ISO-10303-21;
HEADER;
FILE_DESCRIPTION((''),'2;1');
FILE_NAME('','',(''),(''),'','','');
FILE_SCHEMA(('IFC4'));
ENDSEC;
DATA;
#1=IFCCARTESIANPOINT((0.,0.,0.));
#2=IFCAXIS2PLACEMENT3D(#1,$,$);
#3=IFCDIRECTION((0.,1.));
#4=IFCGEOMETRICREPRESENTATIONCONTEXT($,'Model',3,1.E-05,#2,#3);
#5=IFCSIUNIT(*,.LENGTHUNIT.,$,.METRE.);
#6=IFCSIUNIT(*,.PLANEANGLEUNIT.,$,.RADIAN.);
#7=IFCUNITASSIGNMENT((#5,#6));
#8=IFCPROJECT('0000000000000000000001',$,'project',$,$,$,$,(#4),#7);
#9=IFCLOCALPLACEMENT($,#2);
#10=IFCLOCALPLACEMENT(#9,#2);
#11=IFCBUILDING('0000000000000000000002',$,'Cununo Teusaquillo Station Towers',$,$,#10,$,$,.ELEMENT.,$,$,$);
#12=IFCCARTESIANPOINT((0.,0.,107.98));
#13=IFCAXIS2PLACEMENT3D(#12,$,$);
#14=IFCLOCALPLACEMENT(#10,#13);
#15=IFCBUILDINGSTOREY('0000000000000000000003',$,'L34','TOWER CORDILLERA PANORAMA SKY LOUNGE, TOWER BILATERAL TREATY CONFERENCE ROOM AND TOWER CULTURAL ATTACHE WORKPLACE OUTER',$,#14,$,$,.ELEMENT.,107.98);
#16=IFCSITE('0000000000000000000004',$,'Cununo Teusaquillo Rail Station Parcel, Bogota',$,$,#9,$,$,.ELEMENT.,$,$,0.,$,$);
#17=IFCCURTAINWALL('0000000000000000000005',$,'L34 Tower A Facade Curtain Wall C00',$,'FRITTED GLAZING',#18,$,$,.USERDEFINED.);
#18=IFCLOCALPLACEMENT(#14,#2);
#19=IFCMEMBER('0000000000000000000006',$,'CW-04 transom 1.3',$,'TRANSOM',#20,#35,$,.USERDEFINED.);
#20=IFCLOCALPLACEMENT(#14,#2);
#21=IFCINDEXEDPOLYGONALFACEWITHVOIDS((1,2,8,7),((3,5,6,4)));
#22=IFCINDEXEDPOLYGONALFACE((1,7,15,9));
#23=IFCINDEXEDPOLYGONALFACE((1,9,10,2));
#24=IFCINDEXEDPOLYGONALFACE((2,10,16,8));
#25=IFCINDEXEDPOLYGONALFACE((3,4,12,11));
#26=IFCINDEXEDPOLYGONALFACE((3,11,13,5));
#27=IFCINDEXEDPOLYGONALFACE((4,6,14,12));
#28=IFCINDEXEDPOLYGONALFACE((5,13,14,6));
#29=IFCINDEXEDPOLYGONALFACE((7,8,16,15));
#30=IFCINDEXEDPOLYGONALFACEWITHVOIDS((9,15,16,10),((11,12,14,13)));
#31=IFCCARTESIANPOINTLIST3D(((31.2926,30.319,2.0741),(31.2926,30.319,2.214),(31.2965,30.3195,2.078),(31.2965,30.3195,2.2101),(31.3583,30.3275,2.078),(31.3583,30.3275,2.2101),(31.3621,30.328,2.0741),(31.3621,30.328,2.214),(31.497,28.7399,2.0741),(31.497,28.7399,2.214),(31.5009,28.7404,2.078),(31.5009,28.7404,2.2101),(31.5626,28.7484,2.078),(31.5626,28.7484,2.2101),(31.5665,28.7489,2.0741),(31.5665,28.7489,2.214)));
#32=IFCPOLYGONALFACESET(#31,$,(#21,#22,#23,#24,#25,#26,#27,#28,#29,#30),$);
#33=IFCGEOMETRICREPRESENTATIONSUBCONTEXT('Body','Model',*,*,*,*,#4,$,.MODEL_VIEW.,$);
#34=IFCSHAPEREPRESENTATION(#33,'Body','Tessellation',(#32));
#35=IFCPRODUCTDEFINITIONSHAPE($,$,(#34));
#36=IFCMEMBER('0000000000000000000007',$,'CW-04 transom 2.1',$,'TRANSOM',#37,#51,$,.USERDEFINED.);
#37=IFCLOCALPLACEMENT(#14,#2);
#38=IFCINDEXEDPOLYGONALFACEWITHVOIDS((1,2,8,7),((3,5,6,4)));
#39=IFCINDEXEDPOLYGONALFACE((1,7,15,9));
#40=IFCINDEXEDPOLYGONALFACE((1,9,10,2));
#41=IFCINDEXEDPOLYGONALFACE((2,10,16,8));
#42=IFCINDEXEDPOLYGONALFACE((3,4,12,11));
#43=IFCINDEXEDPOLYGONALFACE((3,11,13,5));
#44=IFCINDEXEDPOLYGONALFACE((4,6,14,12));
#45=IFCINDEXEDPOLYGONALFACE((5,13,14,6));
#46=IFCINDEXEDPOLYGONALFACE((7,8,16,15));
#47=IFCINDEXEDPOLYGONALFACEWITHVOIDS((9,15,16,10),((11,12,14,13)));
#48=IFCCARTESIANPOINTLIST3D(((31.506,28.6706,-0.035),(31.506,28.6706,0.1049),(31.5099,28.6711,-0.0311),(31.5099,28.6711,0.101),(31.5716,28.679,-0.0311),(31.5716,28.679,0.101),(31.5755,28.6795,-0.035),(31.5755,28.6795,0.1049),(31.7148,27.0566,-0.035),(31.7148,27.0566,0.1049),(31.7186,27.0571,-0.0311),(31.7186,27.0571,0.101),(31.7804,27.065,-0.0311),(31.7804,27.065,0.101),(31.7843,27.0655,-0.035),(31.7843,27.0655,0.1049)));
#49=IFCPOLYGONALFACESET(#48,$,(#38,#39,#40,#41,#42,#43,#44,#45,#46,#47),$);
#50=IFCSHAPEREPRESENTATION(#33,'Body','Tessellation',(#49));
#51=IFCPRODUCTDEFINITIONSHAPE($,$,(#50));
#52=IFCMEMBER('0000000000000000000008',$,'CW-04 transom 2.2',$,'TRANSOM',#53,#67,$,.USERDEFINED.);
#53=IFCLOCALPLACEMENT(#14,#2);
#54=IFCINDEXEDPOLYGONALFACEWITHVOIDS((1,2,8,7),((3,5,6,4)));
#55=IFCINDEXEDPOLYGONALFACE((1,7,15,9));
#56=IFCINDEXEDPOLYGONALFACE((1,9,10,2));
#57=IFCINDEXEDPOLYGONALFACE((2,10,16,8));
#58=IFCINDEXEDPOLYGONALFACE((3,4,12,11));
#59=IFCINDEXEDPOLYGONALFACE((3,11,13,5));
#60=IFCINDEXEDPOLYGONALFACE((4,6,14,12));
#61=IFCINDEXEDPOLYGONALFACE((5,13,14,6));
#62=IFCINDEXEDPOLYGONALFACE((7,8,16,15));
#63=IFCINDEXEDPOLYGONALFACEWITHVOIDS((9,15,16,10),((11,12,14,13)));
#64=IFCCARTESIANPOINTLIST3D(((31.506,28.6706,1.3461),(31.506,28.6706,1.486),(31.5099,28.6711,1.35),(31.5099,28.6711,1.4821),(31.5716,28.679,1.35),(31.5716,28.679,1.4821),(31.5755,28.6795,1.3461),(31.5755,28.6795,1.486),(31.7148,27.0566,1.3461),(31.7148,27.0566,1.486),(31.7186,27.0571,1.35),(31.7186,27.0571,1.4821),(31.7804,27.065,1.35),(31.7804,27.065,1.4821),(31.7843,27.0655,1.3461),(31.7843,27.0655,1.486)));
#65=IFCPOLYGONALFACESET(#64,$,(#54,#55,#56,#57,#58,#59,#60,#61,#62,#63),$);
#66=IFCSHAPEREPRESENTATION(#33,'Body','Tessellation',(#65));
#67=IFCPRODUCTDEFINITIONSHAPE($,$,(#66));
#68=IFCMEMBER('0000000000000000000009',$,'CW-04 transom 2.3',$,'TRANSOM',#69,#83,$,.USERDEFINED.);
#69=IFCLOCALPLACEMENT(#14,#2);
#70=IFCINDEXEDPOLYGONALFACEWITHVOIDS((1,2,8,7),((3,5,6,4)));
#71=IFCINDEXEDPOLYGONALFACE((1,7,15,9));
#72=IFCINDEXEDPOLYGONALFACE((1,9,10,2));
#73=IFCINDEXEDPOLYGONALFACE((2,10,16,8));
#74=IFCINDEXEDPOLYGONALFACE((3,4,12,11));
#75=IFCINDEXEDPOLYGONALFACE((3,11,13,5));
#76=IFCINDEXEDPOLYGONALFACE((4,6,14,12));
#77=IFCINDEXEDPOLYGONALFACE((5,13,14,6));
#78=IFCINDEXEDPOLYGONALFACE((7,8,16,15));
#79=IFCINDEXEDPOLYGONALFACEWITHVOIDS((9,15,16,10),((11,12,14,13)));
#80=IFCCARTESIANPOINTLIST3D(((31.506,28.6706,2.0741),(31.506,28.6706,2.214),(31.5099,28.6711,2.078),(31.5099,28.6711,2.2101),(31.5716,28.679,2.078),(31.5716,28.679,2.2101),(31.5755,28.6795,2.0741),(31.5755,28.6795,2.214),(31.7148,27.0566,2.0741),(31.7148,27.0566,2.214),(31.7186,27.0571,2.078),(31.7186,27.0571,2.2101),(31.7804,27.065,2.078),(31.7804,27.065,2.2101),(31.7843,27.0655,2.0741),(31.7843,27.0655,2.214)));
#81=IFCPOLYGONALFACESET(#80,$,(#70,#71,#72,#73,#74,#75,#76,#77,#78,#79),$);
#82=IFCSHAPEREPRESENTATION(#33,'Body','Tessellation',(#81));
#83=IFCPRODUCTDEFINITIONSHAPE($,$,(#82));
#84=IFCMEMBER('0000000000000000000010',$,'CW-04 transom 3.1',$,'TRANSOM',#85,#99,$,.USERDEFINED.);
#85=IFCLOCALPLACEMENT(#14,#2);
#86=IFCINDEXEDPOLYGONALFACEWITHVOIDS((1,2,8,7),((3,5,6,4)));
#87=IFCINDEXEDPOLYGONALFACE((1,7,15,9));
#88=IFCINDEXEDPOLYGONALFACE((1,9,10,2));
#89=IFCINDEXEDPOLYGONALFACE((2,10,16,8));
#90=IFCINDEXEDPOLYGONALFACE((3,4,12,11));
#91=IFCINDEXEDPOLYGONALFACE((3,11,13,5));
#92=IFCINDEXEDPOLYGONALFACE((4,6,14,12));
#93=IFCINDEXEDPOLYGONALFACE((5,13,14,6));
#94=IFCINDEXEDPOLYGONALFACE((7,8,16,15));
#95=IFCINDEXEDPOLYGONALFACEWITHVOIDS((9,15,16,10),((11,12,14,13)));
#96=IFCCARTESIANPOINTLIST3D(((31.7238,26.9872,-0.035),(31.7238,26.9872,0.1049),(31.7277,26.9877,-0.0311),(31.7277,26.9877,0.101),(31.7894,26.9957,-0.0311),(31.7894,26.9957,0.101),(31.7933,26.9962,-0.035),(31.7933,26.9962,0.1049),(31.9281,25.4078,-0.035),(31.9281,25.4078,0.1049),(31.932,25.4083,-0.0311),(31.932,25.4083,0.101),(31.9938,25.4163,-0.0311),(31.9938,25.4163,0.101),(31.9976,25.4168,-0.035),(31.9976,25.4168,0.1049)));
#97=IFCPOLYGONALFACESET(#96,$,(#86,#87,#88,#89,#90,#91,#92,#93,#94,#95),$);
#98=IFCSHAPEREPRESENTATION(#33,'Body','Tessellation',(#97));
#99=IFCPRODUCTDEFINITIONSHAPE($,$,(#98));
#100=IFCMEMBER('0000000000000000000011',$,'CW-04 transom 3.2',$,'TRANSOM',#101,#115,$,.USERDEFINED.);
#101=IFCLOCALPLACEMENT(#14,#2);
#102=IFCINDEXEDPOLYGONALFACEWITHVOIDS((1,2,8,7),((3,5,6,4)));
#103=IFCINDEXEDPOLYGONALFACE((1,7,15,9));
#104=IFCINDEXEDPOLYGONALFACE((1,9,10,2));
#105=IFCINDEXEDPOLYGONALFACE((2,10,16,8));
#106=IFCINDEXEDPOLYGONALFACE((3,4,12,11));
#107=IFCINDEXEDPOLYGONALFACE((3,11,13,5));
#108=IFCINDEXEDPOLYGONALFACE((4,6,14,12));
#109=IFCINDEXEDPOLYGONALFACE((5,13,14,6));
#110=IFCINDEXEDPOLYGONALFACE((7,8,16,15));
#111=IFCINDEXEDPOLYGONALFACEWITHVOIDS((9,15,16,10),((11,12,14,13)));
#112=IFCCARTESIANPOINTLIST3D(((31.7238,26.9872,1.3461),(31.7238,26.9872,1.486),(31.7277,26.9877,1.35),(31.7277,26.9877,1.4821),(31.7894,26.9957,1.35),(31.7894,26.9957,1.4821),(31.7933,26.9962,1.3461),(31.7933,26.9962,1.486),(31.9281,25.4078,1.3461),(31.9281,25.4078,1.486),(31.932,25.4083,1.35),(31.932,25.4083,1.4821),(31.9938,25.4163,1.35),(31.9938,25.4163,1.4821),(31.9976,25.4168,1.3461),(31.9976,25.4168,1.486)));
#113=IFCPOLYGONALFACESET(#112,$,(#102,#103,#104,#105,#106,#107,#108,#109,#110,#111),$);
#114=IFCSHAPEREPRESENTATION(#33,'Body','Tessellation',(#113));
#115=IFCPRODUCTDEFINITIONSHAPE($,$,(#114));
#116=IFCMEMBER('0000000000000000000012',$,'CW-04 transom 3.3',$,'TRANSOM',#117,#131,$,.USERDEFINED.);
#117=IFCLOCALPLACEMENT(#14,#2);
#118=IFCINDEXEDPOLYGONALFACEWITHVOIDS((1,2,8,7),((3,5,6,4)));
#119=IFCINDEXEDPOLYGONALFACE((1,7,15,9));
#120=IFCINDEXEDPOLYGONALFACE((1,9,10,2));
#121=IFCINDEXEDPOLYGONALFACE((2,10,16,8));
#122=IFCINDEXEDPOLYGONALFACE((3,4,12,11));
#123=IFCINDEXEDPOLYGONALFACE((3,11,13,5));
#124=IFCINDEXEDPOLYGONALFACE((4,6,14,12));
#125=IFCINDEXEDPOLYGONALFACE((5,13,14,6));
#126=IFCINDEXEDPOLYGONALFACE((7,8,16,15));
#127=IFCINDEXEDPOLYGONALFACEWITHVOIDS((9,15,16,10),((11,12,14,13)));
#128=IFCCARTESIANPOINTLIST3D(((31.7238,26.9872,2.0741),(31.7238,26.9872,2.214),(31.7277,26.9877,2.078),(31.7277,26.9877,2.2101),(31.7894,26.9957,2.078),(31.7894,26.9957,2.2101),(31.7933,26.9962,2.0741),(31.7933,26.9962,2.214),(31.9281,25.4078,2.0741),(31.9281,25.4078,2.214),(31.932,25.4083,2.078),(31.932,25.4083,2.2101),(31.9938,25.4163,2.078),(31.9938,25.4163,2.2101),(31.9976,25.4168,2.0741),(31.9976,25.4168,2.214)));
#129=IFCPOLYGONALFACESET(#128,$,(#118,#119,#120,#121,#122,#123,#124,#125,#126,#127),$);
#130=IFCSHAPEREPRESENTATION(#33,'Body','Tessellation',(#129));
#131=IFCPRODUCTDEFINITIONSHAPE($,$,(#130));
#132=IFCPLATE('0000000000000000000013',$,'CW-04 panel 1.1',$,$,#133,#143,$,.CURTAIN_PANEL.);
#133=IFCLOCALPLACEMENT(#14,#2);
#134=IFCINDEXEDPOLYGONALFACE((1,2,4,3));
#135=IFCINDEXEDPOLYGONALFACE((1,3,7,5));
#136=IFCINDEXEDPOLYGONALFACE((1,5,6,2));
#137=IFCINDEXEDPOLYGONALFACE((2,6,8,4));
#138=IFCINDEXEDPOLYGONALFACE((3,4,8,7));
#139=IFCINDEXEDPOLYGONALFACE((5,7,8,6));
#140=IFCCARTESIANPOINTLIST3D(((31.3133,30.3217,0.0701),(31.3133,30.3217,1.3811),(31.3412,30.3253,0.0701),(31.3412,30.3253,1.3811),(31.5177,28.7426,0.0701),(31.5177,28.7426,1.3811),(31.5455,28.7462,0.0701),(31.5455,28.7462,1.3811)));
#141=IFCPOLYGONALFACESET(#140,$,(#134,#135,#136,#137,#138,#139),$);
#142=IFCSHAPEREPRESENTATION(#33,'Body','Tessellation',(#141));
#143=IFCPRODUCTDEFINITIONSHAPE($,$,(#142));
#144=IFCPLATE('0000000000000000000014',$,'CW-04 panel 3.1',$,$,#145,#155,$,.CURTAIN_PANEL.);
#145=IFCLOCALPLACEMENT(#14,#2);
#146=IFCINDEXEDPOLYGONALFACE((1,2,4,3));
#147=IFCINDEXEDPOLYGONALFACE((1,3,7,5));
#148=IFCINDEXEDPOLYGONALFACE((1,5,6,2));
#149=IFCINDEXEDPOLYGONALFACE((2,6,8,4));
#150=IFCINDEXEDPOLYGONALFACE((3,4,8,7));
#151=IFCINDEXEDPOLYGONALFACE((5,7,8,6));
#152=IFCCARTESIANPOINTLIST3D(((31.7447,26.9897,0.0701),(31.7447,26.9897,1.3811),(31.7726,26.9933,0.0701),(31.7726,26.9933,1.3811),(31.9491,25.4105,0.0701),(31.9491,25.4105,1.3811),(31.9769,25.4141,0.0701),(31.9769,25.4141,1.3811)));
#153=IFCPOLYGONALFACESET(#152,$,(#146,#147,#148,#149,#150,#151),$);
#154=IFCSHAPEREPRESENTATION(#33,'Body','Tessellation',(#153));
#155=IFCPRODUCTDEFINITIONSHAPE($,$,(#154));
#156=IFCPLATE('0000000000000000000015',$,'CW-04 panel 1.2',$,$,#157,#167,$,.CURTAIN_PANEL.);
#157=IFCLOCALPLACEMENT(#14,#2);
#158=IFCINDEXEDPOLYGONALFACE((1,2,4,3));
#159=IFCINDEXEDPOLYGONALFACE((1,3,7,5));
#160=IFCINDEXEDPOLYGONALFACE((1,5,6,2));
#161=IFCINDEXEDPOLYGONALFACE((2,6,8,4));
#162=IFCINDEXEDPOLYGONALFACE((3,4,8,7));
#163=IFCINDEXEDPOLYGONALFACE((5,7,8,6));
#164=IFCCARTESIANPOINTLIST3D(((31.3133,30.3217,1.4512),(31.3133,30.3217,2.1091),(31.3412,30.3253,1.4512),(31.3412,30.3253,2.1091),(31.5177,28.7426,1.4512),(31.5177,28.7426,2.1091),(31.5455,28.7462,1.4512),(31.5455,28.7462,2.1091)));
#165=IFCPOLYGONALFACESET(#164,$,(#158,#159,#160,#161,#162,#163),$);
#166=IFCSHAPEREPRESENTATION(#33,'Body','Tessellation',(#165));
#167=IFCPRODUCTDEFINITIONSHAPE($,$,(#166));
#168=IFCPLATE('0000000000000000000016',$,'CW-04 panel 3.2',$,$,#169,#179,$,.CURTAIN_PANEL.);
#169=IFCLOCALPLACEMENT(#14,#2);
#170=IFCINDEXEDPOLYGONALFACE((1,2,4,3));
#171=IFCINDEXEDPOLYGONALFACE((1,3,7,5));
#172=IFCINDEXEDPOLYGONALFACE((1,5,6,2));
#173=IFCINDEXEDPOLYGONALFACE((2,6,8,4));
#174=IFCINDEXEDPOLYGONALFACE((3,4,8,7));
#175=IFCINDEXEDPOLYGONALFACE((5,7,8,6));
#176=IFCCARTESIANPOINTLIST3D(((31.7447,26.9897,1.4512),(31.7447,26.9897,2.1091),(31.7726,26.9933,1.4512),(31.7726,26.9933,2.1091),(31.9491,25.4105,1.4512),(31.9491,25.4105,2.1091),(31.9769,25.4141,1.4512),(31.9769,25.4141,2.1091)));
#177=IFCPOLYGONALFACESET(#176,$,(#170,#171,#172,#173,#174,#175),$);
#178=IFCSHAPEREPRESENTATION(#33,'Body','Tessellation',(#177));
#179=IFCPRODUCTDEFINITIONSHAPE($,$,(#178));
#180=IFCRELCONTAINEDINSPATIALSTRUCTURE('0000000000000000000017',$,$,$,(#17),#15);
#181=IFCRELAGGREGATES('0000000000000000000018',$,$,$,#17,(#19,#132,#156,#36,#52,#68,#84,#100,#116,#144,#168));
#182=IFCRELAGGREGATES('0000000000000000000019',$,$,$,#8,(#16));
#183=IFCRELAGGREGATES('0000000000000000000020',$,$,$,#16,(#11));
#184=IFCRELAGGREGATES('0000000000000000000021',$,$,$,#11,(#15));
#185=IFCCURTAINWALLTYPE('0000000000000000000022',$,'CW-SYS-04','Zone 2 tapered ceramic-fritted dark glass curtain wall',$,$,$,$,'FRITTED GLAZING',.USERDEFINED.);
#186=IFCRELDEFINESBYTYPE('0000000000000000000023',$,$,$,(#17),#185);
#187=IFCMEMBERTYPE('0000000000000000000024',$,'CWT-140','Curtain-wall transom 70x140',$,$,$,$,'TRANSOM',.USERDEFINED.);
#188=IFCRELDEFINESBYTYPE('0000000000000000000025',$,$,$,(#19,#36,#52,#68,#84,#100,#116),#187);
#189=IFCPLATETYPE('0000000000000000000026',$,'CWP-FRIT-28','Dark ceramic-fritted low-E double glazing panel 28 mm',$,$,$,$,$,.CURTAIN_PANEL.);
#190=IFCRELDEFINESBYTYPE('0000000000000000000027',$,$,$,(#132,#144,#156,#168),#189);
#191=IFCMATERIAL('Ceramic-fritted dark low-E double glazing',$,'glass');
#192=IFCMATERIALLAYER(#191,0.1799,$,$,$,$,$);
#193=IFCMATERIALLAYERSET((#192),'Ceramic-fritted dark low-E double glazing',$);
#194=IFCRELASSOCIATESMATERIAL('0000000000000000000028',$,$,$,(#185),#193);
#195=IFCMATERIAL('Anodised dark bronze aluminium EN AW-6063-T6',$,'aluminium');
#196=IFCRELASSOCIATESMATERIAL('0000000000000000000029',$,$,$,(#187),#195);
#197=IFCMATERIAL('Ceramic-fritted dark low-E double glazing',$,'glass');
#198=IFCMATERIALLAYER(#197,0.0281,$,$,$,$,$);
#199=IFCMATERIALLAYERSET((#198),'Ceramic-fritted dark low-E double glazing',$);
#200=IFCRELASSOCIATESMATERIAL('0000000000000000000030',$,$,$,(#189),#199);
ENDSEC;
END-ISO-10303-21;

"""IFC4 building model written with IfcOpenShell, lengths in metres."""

from ifc_helpers import new_model, si_unit, direction, frame, origin, origin_2d, place, context, subcontext, project, spatial, rectangle, hollow_rectangle, extrude, source, transform, mapped, material, layer, layer_set, material_profile, profile_set, type_object, element, aggregate, save


model = new_model("IFC4")

# Units and contexts
model_context = context("Model", 3, precision=1e-05, world=origin(), true_north=direction((0.0, 1.0)))
body_context = subcontext(model_context, "Body", "Model", "MODEL_VIEW")
ifc_project = project(units=[si_unit("LENGTHUNIT", "METRE"), si_unit("PLANEANGLEUNIT", "RADIAN")], contexts=[model_context])

# Site, building, storey
site_placement = place(None, origin())
site = spatial("IfcSite", under=ifc_project, at=site_placement, Name="Cununo Teusaquillo Rail Station Parcel, Bogota", CompositionType="ELEMENT", RefElevation=0.0)
building_placement = place(site_placement, origin())
building = spatial("IfcBuilding", under=site, at=building_placement, Name="Cununo Teusaquillo Station Towers", CompositionType="ELEMENT")
storey_placement = place(building_placement, frame((0.0, 0.0, 107.98)))
storey = spatial("IfcBuildingStorey", under=building, at=storey_placement, Name="L34", Description="TOWER CORDILLERA PANORAMA SKY LOUNGE, TOWER BILATERAL TREATY CONFERENCE ROOM AND TOWER CULTURAL ATTACHE WORKPLACE OUTER", CompositionType="ELEMENT", Elevation=107.98)

# Curtain wall, members, plates
ifc_material_1 = material(Name="Ceramic-fritted dark low-E double glazing", Category="glass")
ifc_layer_1 = layer(ifc_material_1, 0.1799)
ifc_layer_set_1 = layer_set([ifc_layer_1], Name="Ceramic-fritted dark low-E double glazing")
curtain_wall_type = type_object("IfcCurtainWallType", Name="CW-SYS-04", Description="Zone 2 tapered ceramic-fritted dark glass curtain wall", ElementType="FRITTED GLAZING", PredefinedType="USERDEFINED", material=ifc_layer_set_1)
curtain_wall_placement = place(storey_placement, origin())
curtain_wall = element("IfcCurtainWall", 1, at=curtain_wall_placement, inside=storey, type_object=curtain_wall_type, Name="L34 Tower A Facade Curtain Wall C00", ObjectType="FRITTED GLAZING", PredefinedType="USERDEFINED")
ifc_material_2 = material(Name="Anodised dark bronze aluminium EN AW-6063-T6", Category="aluminium")
ifc_material_profile_1 = material_profile(ifc_material_2, hollow_rectangle(XDim=0.0701, YDim=0.1399, WallThickness=0.0039, at=origin_2d()), Name="CW-TRAN-70x140")
ifc_profile_set_1 = profile_set([ifc_material_profile_1], Name="Anodised dark bronze aluminium EN AW-6063-T6")
member_type_1 = type_object("IfcMemberType", Name="CWT-140", Description="Curtain-wall transom 70x140", ElementType="TRANSOM", PredefinedType="USERDEFINED", material=ifc_profile_set_1)
member_1_placement = place(storey_placement, frame((31.3274, 30.3235, 2.144), z_axis=(0.128336, -0.991731, 0.0), x_axis=(0.991731, 0.128336, 0.0)))
member_1 = element("IfcMember", 2, at=member_1_placement, type_object=member_type_1, Name="CW-04 transom 1.3", ObjectType="TRANSOM", PredefinedType="USERDEFINED", context=body_context, shape_type="SweptSolid", body=[
    extrude(hollow_rectangle(XDim=0.0701, YDim=0.1399, WallThickness=0.0039, at=origin_2d()), origin(), (0.0, 0.0, 1.0), 1.5923),
])
member_2_placement = place(storey_placement, frame((31.5408, 28.675, 0.0349), z_axis=(0.128262, -0.99174, 0.0), x_axis=(0.99174, 0.128262, 0.0)))
member_2 = element("IfcMember", 3, at=member_2_placement, type_object=member_type_1, Name="CW-04 transom 2.1", ObjectType="TRANSOM", PredefinedType="USERDEFINED", context=body_context, shape_type="SweptSolid", body=[
    extrude(hollow_rectangle(XDim=0.0701, YDim=0.1399, WallThickness=0.0039, at=origin_2d()), origin(), (0.0, 0.0, 1.0), 1.6274),
])
member_3_placement = place(storey_placement, frame((31.5408, 28.675, 1.416), z_axis=(0.128262, -0.99174, 0.0), x_axis=(0.99174, 0.128262, 0.0)))
member_3 = element("IfcMember", 4, at=member_3_placement, type_object=member_type_1, Name="CW-04 transom 2.2", ObjectType="TRANSOM", PredefinedType="USERDEFINED", context=body_context, shape_type="SweptSolid", body=[
    extrude(hollow_rectangle(XDim=0.0701, YDim=0.1399, WallThickness=0.0039, at=origin_2d()), origin(), (0.0, 0.0, 1.0), 1.6274),
])
member_4_placement = place(storey_placement, frame((31.5408, 28.675, 2.144), z_axis=(0.128262, -0.99174, 0.0), x_axis=(0.99174, 0.128262, 0.0)))
member_4 = element("IfcMember", 5, at=member_4_placement, type_object=member_type_1, Name="CW-04 transom 2.3", ObjectType="TRANSOM", PredefinedType="USERDEFINED", context=body_context, shape_type="SweptSolid", body=[
    extrude(hollow_rectangle(XDim=0.0701, YDim=0.1399, WallThickness=0.0039, at=origin_2d()), origin(), (0.0, 0.0, 1.0), 1.6274),
])
member_5_placement = place(storey_placement, frame((31.7585, 26.9917, 0.0349), z_axis=(0.128317, -0.991733, 0.0), x_axis=(0.991733, 0.128317, 0.0)))
member_5 = element("IfcMember", 6, at=member_5_placement, type_object=member_type_1, Name="CW-04 transom 3.1", ObjectType="TRANSOM", PredefinedType="USERDEFINED", context=body_context, shape_type="SweptSolid", body=[
    extrude(hollow_rectangle(XDim=0.0701, YDim=0.1399, WallThickness=0.0039, at=origin_2d()), origin(), (0.0, 0.0, 1.0), 1.5925),
])
member_6_placement = place(storey_placement, frame((31.7585, 26.9917, 1.416), z_axis=(0.128317, -0.991733, 0.0), x_axis=(0.991733, 0.128317, 0.0)))
member_6 = element("IfcMember", 7, at=member_6_placement, type_object=member_type_1, Name="CW-04 transom 3.2", ObjectType="TRANSOM", PredefinedType="USERDEFINED", context=body_context, shape_type="SweptSolid", body=[
    extrude(hollow_rectangle(XDim=0.0701, YDim=0.1399, WallThickness=0.0039, at=origin_2d()), origin(), (0.0, 0.0, 1.0), 1.5925),
])
member_7_placement = place(storey_placement, frame((31.7585, 26.9917, 2.144), z_axis=(0.128317, -0.991733, 0.0), x_axis=(0.991733, 0.128317, 0.0)))
member_7 = element("IfcMember", 8, at=member_7_placement, type_object=member_type_1, Name="CW-04 transom 3.3", ObjectType="TRANSOM", PredefinedType="USERDEFINED", context=body_context, shape_type="SweptSolid", body=[
    extrude(hollow_rectangle(XDim=0.0701, YDim=0.1399, WallThickness=0.0039, at=origin_2d()), origin(), (0.0, 0.0, 1.0), 1.5925),
])
ifc_material_3 = material(Name="Ceramic-fritted dark low-E double glazing", Category="glass")
ifc_layer_2 = layer(ifc_material_3, 0.0281)
ifc_layer_set_2 = layer_set([ifc_layer_2], Name="Ceramic-fritted dark low-E double glazing")
plate_type = type_object("IfcPlateType", Name="CWP-FRIT-28", Description="Dark ceramic-fritted low-E double glazing panel 28 mm", PredefinedType="CURTAIN_PANEL", material=ifc_layer_set_2)
shared_shape_1 = source(origin(), body_context, "Body", "SweptSolid", [
    extrude(rectangle(XDim=1.5923, YDim=0.0281, at=origin_2d()), origin(), (0.0, 0.0, 1.0), 1.311),
])
plate_1_placement = place(storey_placement, frame((31.4294, 29.5339, 0.0701), z_axis=(0.0, 0.0, 1.0), x_axis=(0.128336, -0.991731, 0.0)))
plate_1 = element("IfcPlate", 9, at=plate_1_placement, type_object=plate_type, Name="CW-04 panel 1.1", PredefinedType="CURTAIN_PANEL", context=body_context, shape_type="MappedRepresentation", body=[
    mapped(shared_shape_1, transform((0.0, 0.0, 0.0), x_axis=(1.0, 0.0, 0.0), y_axis=(0.0, 1.0, 0.0), z_axis=(0.0, 0.0, 1.0), scale=1.0)),
])
plate_2_placement = place(storey_placement, frame((31.8608, 26.2019, 0.0701), z_axis=(0.0, 0.0, 1.0), x_axis=(0.128336, -0.991731, 0.0)))
plate_2 = element("IfcPlate", 10, at=plate_2_placement, type_object=plate_type, Name="CW-04 panel 3.1", PredefinedType="CURTAIN_PANEL", context=body_context, shape_type="MappedRepresentation", body=[
    mapped(shared_shape_1, transform((0.0, 0.0, 0.0), x_axis=(1.0, 0.0, 0.0), y_axis=(0.0, 1.0, 0.0), z_axis=(0.0, 0.0, 1.0), scale=1.0)),
])
shared_shape_2 = source(origin(), body_context, "Body", "SweptSolid", [
    extrude(rectangle(XDim=1.5923, YDim=0.0281, at=origin_2d()), origin(), (0.0, 0.0, 1.0), 0.658),
])
plate_3_placement = place(storey_placement, frame((31.4294, 29.5339, 1.4512), z_axis=(0.0, 0.0, 1.0), x_axis=(0.128336, -0.991731, 0.0)))
plate_3 = element("IfcPlate", 11, at=plate_3_placement, type_object=plate_type, Name="CW-04 panel 1.2", PredefinedType="CURTAIN_PANEL", context=body_context, shape_type="MappedRepresentation", body=[
    mapped(shared_shape_2, transform((0.0, 0.0, 0.0), x_axis=(1.0, 0.0, 0.0), y_axis=(0.0, 1.0, 0.0), z_axis=(0.0, 0.0, 1.0), scale=1.0)),
])
plate_4_placement = place(storey_placement, frame((31.8608, 26.2019, 1.4512), z_axis=(0.0, 0.0, 1.0), x_axis=(0.128336, -0.991731, 0.0)))
plate_4 = element("IfcPlate", 12, at=plate_4_placement, type_object=plate_type, Name="CW-04 panel 3.2", PredefinedType="CURTAIN_PANEL", context=body_context, shape_type="MappedRepresentation", body=[
    mapped(shared_shape_2, transform((0.0, 0.0, 0.0), x_axis=(1.0, 0.0, 0.0), y_axis=(0.0, 1.0, 0.0), z_axis=(0.0, 0.0, 1.0), scale=1.0)),
])
aggregate(curtain_wall, [member_1, plate_1, plate_3, member_2, member_3, member_4, member_5, member_6, member_7, plate_2, plate_4])

save(model, "model.ifc")
